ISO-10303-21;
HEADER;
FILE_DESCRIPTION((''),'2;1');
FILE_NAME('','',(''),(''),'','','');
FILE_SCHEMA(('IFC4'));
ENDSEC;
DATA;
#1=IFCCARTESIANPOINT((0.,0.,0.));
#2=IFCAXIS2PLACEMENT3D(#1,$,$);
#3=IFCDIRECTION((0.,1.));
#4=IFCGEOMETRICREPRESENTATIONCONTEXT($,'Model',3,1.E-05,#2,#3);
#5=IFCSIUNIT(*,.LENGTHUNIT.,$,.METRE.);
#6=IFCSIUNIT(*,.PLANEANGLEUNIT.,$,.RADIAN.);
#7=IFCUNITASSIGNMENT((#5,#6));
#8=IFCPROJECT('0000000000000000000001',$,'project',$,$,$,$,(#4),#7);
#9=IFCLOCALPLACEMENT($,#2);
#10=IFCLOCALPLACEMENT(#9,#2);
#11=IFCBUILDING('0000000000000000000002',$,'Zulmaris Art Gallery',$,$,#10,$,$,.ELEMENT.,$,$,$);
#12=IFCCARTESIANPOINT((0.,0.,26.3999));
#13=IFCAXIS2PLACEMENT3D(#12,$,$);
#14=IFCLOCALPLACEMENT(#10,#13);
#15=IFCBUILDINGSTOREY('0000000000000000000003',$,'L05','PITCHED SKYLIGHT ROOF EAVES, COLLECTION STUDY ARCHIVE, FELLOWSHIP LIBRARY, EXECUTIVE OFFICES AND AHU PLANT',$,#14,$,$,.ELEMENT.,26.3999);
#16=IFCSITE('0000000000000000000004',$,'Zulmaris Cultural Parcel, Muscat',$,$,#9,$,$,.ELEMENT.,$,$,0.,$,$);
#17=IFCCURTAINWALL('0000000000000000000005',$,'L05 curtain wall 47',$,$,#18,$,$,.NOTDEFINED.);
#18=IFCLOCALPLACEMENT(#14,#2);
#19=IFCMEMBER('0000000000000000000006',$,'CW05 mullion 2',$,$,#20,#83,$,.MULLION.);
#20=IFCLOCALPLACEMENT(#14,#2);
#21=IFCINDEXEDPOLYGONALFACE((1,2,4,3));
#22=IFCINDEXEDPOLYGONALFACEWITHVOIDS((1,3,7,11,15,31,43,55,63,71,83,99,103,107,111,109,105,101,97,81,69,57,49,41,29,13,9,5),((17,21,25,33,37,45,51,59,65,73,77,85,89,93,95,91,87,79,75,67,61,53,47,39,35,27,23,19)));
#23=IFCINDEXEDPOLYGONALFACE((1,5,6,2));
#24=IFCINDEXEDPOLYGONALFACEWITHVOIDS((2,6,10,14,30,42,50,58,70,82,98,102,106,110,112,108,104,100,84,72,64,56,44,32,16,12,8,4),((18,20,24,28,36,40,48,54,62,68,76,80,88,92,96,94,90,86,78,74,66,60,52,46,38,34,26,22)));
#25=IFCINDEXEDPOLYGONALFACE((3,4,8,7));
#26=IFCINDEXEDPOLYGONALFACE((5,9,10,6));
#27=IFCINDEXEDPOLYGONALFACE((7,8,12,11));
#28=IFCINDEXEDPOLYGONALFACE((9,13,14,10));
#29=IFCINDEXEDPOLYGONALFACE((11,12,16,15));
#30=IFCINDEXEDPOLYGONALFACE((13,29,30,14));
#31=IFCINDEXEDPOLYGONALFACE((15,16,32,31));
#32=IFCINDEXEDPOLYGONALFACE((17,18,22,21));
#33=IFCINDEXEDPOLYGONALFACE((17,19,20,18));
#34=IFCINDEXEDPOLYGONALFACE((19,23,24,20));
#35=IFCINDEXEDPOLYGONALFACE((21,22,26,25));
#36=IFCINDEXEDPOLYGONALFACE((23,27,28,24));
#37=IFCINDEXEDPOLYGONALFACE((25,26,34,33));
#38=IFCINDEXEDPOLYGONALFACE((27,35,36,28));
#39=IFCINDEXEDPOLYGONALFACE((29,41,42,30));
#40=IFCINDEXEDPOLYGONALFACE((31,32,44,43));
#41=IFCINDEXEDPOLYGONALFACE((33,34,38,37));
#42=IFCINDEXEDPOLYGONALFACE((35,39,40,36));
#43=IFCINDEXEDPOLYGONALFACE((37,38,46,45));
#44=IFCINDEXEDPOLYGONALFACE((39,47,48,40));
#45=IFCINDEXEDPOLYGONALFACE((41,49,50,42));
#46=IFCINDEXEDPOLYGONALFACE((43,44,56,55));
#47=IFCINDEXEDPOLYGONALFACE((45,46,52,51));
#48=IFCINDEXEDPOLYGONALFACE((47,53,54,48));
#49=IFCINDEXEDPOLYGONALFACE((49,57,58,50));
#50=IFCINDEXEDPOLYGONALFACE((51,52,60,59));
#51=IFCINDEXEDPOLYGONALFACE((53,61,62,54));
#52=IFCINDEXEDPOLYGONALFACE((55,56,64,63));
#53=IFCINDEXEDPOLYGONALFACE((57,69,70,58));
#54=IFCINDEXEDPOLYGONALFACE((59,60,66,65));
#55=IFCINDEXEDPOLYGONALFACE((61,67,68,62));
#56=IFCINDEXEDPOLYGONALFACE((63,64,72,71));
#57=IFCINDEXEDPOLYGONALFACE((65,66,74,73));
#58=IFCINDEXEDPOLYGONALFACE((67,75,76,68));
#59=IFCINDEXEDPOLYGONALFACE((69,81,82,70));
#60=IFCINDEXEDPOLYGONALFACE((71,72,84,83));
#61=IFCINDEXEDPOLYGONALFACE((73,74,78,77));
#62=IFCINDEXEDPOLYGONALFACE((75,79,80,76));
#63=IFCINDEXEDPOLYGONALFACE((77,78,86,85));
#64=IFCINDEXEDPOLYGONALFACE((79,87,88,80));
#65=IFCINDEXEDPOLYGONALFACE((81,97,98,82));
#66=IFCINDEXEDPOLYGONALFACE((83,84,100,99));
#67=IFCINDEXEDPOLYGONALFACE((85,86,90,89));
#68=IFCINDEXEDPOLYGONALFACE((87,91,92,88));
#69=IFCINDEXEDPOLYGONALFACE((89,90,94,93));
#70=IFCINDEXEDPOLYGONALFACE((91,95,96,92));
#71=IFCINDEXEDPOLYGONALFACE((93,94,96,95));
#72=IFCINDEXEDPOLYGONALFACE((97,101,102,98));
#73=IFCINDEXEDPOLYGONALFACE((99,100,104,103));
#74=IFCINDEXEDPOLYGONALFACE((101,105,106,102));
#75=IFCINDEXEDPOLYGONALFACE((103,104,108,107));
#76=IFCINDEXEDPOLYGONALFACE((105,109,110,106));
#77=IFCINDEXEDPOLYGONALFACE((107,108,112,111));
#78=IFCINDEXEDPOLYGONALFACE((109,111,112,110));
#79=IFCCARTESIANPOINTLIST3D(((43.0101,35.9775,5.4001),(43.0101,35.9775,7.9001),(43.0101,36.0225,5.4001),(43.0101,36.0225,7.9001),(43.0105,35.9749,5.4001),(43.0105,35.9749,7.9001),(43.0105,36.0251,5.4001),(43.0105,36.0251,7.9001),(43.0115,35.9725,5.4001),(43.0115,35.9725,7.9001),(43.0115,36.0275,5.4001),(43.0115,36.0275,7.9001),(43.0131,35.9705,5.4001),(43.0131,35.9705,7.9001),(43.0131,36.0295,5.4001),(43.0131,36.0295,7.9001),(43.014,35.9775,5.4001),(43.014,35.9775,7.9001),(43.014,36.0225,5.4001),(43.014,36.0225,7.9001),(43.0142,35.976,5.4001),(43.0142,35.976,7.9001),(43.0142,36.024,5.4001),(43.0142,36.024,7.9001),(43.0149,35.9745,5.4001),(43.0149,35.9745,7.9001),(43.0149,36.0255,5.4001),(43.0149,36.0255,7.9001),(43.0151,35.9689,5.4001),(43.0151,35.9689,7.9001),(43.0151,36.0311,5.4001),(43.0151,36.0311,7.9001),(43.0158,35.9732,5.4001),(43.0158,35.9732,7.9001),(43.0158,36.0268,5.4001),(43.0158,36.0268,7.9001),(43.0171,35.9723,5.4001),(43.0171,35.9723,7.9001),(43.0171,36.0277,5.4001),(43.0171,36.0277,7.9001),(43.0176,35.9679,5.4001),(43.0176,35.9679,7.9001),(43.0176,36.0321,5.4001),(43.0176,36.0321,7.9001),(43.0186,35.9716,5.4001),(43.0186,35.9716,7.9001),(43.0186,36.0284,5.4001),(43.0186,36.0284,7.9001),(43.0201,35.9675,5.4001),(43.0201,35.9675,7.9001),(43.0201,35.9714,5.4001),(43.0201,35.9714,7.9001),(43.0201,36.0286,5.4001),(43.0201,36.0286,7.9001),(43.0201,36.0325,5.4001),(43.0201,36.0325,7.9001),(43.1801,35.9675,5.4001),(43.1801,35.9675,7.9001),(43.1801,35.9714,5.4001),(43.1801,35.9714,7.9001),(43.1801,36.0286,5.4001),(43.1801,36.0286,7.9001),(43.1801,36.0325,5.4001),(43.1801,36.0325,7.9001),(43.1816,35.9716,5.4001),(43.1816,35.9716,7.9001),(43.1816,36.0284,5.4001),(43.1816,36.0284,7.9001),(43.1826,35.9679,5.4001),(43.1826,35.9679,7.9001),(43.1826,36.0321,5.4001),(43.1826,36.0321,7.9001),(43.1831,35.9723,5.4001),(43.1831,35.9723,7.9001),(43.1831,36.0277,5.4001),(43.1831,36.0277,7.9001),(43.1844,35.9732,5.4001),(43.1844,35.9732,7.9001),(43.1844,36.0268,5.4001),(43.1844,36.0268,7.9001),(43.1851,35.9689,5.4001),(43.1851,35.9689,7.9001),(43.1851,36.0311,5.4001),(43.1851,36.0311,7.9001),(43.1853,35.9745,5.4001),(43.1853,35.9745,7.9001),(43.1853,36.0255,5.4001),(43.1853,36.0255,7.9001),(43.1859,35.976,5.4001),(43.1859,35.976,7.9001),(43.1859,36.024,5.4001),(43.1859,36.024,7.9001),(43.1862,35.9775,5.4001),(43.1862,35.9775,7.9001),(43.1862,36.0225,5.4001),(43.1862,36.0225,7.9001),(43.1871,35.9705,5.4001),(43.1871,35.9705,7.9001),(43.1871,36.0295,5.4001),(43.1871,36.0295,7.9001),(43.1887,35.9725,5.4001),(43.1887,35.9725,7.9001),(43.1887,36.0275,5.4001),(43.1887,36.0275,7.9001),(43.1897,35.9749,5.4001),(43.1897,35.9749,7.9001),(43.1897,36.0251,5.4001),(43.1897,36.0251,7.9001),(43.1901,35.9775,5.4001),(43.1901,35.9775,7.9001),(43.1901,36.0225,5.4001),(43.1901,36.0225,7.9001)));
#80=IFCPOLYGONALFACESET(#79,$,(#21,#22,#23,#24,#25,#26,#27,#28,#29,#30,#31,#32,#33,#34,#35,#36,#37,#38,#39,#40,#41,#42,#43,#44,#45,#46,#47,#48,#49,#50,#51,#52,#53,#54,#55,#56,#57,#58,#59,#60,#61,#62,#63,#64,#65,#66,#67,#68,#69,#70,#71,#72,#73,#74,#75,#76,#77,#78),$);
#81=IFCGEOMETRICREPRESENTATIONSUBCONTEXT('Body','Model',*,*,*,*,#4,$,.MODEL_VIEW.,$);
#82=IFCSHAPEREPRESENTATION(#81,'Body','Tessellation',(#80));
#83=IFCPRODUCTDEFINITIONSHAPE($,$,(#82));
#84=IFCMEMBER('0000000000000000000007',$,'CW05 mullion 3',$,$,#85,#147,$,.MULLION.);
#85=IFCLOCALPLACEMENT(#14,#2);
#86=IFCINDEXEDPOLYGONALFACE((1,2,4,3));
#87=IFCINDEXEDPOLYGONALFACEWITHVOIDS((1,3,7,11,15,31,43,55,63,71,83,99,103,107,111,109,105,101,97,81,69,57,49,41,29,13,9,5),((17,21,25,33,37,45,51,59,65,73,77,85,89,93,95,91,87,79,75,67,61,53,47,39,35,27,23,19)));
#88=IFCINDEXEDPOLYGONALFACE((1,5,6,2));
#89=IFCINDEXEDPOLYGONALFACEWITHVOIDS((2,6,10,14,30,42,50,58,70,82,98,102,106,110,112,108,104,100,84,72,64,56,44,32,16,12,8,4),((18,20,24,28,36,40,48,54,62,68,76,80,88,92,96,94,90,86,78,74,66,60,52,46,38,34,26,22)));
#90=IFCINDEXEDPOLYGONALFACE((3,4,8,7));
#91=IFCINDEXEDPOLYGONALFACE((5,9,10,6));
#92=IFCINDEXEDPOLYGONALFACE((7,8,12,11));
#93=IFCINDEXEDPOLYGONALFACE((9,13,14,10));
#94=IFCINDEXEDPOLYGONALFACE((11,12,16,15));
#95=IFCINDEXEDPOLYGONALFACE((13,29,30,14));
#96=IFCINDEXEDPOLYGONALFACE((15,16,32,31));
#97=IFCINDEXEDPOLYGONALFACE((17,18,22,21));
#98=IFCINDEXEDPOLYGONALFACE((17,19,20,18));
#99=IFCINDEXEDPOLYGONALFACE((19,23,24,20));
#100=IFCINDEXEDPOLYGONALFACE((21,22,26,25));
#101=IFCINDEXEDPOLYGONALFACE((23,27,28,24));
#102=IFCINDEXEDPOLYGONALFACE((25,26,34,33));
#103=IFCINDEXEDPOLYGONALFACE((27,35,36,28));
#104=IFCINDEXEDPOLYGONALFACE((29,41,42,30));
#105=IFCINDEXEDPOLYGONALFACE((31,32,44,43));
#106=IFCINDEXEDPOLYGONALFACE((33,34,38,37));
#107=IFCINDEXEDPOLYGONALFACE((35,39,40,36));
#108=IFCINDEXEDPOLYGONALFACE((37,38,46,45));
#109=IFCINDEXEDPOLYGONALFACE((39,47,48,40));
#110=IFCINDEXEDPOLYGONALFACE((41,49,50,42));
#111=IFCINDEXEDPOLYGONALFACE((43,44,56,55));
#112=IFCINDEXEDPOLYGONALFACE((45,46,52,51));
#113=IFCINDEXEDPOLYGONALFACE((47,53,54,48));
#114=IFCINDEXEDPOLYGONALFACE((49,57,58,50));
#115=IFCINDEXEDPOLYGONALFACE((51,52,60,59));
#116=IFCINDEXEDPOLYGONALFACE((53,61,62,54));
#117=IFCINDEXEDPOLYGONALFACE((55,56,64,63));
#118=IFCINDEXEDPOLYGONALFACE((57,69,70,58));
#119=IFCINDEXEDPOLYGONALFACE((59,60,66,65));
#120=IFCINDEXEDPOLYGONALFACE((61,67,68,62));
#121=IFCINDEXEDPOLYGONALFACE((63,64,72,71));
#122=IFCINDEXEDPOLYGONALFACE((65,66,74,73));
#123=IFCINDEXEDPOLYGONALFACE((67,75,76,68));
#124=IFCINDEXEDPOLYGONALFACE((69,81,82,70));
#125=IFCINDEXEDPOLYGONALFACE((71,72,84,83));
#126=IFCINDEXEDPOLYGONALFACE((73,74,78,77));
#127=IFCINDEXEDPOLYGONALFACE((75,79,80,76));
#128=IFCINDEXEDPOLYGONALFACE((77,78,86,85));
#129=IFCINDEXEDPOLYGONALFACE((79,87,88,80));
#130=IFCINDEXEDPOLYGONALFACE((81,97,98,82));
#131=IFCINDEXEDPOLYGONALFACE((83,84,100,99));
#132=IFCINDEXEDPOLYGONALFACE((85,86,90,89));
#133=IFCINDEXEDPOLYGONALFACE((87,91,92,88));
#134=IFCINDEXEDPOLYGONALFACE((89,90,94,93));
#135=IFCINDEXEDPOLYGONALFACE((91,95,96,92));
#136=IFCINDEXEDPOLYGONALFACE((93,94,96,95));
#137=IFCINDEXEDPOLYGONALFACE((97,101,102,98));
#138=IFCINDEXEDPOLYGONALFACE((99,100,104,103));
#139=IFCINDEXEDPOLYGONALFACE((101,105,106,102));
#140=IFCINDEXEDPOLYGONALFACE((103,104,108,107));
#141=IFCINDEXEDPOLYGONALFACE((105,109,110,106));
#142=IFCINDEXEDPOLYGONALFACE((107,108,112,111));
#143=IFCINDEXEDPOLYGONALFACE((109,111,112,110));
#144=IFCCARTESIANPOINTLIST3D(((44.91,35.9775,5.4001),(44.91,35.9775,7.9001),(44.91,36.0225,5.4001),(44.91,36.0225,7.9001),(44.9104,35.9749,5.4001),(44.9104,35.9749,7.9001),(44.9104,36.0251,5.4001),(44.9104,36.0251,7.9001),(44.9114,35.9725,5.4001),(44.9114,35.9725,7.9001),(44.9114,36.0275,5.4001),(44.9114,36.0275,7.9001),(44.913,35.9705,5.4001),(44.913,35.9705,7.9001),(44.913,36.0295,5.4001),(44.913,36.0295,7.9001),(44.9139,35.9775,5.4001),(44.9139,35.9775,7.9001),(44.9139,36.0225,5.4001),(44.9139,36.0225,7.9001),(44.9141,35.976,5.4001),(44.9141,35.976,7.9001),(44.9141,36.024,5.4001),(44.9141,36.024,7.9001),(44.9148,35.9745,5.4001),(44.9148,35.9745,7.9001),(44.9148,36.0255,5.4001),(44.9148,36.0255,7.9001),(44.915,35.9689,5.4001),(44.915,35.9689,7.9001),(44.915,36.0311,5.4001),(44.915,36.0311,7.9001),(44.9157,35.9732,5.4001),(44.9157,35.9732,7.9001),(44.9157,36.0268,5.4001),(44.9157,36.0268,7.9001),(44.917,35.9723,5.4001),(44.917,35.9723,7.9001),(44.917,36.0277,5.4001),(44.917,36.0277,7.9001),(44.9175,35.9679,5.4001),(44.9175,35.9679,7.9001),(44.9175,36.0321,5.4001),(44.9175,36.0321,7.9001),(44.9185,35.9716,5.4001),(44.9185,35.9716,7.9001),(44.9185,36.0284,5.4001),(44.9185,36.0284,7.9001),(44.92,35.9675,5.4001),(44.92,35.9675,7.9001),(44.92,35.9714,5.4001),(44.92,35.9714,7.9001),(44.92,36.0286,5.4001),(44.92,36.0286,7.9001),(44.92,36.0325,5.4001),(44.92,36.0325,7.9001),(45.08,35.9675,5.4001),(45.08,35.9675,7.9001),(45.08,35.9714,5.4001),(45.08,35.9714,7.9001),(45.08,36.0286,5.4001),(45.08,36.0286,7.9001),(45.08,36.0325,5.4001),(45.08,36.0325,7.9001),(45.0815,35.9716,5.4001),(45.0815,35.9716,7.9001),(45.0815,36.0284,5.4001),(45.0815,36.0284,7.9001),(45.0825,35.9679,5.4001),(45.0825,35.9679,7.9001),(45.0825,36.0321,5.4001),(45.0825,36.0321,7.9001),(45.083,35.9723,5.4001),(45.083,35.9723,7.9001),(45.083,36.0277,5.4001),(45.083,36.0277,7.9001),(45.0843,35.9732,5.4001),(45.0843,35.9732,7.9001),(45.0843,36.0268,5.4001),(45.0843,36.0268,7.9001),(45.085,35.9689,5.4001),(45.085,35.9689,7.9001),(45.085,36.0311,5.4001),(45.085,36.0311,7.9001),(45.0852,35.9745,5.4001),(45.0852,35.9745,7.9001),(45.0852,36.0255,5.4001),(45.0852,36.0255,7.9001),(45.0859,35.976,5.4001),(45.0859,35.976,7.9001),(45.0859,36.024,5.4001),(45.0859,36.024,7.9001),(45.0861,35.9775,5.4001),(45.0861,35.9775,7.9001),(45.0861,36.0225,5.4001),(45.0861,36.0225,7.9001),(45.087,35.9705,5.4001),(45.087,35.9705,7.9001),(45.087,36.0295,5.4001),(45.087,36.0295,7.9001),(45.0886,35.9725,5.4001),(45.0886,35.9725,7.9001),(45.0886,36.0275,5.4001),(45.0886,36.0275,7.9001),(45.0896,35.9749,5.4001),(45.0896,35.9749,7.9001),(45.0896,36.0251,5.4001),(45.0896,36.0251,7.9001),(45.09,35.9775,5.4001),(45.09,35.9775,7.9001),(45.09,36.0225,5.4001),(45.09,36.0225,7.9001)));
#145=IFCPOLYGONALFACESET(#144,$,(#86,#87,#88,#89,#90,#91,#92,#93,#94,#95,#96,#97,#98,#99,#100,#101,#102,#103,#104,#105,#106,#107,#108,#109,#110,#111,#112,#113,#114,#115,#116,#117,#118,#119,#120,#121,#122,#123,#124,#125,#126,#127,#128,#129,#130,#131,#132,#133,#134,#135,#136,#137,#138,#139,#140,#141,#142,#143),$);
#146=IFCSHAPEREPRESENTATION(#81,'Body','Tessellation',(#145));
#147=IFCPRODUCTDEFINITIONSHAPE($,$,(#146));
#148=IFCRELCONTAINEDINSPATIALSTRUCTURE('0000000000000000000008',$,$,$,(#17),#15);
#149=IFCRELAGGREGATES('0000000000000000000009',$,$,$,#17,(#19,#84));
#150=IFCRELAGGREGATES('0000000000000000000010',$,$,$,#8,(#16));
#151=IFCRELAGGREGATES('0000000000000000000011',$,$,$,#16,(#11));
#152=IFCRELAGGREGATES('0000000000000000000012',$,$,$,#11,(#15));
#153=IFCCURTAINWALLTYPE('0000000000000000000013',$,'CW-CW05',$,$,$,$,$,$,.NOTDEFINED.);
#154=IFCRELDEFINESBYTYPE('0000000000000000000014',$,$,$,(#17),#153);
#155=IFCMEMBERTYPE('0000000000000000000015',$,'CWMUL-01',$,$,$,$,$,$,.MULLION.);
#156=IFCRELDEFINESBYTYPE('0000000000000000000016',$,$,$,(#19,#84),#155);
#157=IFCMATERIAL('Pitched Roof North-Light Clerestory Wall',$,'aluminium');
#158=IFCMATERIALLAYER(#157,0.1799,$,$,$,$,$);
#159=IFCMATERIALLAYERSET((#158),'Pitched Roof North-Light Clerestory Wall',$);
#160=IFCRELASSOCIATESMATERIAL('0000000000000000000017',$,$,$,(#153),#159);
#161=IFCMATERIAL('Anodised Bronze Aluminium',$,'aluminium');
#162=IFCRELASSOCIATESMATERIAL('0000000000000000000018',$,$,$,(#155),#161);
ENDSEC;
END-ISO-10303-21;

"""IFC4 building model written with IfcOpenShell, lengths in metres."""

from ifc_helpers import new_model, si_unit, direction, frame, origin, origin_2d, place, context, subcontext, project, spatial, hollow_rectangle, extrude, material, layer, layer_set, material_profile, profile_set, type_object, element, aggregate, save


model = new_model("IFC4")

# Units and contexts
model_context = context("Model", 3, precision=1e-05, world=origin(), true_north=direction((0.0, 1.0)))
body_context = subcontext(model_context, "Body", "Model", "MODEL_VIEW")
ifc_project = project(units=[si_unit("LENGTHUNIT", "METRE"), si_unit("PLANEANGLEUNIT", "RADIAN")], contexts=[model_context])

# Site, building, storey
site_placement = place(None, origin())
site = spatial("IfcSite", under=ifc_project, at=site_placement, Name="Zulmaris Cultural Parcel, Muscat", CompositionType="ELEMENT", RefElevation=0.0)
building_placement = place(site_placement, origin())
building = spatial("IfcBuilding", under=site, at=building_placement, Name="Zulmaris Art Gallery", CompositionType="ELEMENT")
storey_placement = place(building_placement, frame((0.0, 0.0, 26.3999)))
storey = spatial("IfcBuildingStorey", under=building, at=storey_placement, Name="L05", Description="PITCHED SKYLIGHT ROOF EAVES, COLLECTION STUDY ARCHIVE, FELLOWSHIP LIBRARY, EXECUTIVE OFFICES AND AHU PLANT", CompositionType="ELEMENT", Elevation=26.3999)

# Curtain wall, members
ifc_material_1 = material(Name="Pitched Roof North-Light Clerestory Wall", Category="aluminium")
ifc_layer_1 = layer(ifc_material_1, 0.1799)
ifc_layer_set_1 = layer_set([ifc_layer_1], Name="Pitched Roof North-Light Clerestory Wall")
curtain_wall_type = type_object("IfcCurtainWallType", Name="CW-CW05", PredefinedType="NOTDEFINED", material=ifc_layer_set_1)
curtain_wall_placement = place(storey_placement, origin())
curtain_wall = element("IfcCurtainWall", 1, at=curtain_wall_placement, inside=storey, type_object=curtain_wall_type, Name="L05 curtain wall 47", PredefinedType="NOTDEFINED")
ifc_material_2 = material(Name="Anodised Bronze Aluminium", Category="aluminium")
ifc_material_profile_1 = material_profile(ifc_material_2, hollow_rectangle(XDim=0.0649, YDim=0.1799, WallThickness=0.0039, InnerFilletRadius=0.0061, OuterFilletRadius=0.01, at=origin_2d()), Name="ALU 65x180x4")
ifc_profile_set_1 = profile_set([ifc_material_profile_1], Name="Anodised Bronze Aluminium")
member_type_1 = type_object("IfcMemberType", Name="CWMUL-01", PredefinedType="MULLION", material=ifc_profile_set_1)
member_1_placement = place(storey_placement, frame((43.1001, 36.0, 5.4001), z_axis=(0.0, 0.0, 1.0), x_axis=(0.0, 1.0, 0.0)))
member_1 = element("IfcMember", 2, at=member_1_placement, type_object=member_type_1, Name="CW05 mullion 2", PredefinedType="MULLION", context=body_context, shape_type="SweptSolid", body=[
    extrude(hollow_rectangle(XDim=0.0649, YDim=0.1799, WallThickness=0.0039, InnerFilletRadius=0.0061, OuterFilletRadius=0.01, at=origin_2d()), origin(), (0.0, 0.0, 1.0), 2.5),
])
member_2_placement = place(storey_placement, frame((45.0, 36.0, 5.4001), z_axis=(0.0, 0.0, 1.0), x_axis=(0.0, 1.0, 0.0)))
member_2 = element("IfcMember", 3, at=member_2_placement, type_object=member_type_1, Name="CW05 mullion 3", PredefinedType="MULLION", context=body_context, shape_type="SweptSolid", body=[
    extrude(hollow_rectangle(XDim=0.0649, YDim=0.1799, WallThickness=0.0039, InnerFilletRadius=0.0061, OuterFilletRadius=0.01, at=origin_2d()), origin(), (0.0, 0.0, 1.0), 2.5),
])

aggregate(curtain_wall, [member_1, member_2])

save(model, "model.ifc")
